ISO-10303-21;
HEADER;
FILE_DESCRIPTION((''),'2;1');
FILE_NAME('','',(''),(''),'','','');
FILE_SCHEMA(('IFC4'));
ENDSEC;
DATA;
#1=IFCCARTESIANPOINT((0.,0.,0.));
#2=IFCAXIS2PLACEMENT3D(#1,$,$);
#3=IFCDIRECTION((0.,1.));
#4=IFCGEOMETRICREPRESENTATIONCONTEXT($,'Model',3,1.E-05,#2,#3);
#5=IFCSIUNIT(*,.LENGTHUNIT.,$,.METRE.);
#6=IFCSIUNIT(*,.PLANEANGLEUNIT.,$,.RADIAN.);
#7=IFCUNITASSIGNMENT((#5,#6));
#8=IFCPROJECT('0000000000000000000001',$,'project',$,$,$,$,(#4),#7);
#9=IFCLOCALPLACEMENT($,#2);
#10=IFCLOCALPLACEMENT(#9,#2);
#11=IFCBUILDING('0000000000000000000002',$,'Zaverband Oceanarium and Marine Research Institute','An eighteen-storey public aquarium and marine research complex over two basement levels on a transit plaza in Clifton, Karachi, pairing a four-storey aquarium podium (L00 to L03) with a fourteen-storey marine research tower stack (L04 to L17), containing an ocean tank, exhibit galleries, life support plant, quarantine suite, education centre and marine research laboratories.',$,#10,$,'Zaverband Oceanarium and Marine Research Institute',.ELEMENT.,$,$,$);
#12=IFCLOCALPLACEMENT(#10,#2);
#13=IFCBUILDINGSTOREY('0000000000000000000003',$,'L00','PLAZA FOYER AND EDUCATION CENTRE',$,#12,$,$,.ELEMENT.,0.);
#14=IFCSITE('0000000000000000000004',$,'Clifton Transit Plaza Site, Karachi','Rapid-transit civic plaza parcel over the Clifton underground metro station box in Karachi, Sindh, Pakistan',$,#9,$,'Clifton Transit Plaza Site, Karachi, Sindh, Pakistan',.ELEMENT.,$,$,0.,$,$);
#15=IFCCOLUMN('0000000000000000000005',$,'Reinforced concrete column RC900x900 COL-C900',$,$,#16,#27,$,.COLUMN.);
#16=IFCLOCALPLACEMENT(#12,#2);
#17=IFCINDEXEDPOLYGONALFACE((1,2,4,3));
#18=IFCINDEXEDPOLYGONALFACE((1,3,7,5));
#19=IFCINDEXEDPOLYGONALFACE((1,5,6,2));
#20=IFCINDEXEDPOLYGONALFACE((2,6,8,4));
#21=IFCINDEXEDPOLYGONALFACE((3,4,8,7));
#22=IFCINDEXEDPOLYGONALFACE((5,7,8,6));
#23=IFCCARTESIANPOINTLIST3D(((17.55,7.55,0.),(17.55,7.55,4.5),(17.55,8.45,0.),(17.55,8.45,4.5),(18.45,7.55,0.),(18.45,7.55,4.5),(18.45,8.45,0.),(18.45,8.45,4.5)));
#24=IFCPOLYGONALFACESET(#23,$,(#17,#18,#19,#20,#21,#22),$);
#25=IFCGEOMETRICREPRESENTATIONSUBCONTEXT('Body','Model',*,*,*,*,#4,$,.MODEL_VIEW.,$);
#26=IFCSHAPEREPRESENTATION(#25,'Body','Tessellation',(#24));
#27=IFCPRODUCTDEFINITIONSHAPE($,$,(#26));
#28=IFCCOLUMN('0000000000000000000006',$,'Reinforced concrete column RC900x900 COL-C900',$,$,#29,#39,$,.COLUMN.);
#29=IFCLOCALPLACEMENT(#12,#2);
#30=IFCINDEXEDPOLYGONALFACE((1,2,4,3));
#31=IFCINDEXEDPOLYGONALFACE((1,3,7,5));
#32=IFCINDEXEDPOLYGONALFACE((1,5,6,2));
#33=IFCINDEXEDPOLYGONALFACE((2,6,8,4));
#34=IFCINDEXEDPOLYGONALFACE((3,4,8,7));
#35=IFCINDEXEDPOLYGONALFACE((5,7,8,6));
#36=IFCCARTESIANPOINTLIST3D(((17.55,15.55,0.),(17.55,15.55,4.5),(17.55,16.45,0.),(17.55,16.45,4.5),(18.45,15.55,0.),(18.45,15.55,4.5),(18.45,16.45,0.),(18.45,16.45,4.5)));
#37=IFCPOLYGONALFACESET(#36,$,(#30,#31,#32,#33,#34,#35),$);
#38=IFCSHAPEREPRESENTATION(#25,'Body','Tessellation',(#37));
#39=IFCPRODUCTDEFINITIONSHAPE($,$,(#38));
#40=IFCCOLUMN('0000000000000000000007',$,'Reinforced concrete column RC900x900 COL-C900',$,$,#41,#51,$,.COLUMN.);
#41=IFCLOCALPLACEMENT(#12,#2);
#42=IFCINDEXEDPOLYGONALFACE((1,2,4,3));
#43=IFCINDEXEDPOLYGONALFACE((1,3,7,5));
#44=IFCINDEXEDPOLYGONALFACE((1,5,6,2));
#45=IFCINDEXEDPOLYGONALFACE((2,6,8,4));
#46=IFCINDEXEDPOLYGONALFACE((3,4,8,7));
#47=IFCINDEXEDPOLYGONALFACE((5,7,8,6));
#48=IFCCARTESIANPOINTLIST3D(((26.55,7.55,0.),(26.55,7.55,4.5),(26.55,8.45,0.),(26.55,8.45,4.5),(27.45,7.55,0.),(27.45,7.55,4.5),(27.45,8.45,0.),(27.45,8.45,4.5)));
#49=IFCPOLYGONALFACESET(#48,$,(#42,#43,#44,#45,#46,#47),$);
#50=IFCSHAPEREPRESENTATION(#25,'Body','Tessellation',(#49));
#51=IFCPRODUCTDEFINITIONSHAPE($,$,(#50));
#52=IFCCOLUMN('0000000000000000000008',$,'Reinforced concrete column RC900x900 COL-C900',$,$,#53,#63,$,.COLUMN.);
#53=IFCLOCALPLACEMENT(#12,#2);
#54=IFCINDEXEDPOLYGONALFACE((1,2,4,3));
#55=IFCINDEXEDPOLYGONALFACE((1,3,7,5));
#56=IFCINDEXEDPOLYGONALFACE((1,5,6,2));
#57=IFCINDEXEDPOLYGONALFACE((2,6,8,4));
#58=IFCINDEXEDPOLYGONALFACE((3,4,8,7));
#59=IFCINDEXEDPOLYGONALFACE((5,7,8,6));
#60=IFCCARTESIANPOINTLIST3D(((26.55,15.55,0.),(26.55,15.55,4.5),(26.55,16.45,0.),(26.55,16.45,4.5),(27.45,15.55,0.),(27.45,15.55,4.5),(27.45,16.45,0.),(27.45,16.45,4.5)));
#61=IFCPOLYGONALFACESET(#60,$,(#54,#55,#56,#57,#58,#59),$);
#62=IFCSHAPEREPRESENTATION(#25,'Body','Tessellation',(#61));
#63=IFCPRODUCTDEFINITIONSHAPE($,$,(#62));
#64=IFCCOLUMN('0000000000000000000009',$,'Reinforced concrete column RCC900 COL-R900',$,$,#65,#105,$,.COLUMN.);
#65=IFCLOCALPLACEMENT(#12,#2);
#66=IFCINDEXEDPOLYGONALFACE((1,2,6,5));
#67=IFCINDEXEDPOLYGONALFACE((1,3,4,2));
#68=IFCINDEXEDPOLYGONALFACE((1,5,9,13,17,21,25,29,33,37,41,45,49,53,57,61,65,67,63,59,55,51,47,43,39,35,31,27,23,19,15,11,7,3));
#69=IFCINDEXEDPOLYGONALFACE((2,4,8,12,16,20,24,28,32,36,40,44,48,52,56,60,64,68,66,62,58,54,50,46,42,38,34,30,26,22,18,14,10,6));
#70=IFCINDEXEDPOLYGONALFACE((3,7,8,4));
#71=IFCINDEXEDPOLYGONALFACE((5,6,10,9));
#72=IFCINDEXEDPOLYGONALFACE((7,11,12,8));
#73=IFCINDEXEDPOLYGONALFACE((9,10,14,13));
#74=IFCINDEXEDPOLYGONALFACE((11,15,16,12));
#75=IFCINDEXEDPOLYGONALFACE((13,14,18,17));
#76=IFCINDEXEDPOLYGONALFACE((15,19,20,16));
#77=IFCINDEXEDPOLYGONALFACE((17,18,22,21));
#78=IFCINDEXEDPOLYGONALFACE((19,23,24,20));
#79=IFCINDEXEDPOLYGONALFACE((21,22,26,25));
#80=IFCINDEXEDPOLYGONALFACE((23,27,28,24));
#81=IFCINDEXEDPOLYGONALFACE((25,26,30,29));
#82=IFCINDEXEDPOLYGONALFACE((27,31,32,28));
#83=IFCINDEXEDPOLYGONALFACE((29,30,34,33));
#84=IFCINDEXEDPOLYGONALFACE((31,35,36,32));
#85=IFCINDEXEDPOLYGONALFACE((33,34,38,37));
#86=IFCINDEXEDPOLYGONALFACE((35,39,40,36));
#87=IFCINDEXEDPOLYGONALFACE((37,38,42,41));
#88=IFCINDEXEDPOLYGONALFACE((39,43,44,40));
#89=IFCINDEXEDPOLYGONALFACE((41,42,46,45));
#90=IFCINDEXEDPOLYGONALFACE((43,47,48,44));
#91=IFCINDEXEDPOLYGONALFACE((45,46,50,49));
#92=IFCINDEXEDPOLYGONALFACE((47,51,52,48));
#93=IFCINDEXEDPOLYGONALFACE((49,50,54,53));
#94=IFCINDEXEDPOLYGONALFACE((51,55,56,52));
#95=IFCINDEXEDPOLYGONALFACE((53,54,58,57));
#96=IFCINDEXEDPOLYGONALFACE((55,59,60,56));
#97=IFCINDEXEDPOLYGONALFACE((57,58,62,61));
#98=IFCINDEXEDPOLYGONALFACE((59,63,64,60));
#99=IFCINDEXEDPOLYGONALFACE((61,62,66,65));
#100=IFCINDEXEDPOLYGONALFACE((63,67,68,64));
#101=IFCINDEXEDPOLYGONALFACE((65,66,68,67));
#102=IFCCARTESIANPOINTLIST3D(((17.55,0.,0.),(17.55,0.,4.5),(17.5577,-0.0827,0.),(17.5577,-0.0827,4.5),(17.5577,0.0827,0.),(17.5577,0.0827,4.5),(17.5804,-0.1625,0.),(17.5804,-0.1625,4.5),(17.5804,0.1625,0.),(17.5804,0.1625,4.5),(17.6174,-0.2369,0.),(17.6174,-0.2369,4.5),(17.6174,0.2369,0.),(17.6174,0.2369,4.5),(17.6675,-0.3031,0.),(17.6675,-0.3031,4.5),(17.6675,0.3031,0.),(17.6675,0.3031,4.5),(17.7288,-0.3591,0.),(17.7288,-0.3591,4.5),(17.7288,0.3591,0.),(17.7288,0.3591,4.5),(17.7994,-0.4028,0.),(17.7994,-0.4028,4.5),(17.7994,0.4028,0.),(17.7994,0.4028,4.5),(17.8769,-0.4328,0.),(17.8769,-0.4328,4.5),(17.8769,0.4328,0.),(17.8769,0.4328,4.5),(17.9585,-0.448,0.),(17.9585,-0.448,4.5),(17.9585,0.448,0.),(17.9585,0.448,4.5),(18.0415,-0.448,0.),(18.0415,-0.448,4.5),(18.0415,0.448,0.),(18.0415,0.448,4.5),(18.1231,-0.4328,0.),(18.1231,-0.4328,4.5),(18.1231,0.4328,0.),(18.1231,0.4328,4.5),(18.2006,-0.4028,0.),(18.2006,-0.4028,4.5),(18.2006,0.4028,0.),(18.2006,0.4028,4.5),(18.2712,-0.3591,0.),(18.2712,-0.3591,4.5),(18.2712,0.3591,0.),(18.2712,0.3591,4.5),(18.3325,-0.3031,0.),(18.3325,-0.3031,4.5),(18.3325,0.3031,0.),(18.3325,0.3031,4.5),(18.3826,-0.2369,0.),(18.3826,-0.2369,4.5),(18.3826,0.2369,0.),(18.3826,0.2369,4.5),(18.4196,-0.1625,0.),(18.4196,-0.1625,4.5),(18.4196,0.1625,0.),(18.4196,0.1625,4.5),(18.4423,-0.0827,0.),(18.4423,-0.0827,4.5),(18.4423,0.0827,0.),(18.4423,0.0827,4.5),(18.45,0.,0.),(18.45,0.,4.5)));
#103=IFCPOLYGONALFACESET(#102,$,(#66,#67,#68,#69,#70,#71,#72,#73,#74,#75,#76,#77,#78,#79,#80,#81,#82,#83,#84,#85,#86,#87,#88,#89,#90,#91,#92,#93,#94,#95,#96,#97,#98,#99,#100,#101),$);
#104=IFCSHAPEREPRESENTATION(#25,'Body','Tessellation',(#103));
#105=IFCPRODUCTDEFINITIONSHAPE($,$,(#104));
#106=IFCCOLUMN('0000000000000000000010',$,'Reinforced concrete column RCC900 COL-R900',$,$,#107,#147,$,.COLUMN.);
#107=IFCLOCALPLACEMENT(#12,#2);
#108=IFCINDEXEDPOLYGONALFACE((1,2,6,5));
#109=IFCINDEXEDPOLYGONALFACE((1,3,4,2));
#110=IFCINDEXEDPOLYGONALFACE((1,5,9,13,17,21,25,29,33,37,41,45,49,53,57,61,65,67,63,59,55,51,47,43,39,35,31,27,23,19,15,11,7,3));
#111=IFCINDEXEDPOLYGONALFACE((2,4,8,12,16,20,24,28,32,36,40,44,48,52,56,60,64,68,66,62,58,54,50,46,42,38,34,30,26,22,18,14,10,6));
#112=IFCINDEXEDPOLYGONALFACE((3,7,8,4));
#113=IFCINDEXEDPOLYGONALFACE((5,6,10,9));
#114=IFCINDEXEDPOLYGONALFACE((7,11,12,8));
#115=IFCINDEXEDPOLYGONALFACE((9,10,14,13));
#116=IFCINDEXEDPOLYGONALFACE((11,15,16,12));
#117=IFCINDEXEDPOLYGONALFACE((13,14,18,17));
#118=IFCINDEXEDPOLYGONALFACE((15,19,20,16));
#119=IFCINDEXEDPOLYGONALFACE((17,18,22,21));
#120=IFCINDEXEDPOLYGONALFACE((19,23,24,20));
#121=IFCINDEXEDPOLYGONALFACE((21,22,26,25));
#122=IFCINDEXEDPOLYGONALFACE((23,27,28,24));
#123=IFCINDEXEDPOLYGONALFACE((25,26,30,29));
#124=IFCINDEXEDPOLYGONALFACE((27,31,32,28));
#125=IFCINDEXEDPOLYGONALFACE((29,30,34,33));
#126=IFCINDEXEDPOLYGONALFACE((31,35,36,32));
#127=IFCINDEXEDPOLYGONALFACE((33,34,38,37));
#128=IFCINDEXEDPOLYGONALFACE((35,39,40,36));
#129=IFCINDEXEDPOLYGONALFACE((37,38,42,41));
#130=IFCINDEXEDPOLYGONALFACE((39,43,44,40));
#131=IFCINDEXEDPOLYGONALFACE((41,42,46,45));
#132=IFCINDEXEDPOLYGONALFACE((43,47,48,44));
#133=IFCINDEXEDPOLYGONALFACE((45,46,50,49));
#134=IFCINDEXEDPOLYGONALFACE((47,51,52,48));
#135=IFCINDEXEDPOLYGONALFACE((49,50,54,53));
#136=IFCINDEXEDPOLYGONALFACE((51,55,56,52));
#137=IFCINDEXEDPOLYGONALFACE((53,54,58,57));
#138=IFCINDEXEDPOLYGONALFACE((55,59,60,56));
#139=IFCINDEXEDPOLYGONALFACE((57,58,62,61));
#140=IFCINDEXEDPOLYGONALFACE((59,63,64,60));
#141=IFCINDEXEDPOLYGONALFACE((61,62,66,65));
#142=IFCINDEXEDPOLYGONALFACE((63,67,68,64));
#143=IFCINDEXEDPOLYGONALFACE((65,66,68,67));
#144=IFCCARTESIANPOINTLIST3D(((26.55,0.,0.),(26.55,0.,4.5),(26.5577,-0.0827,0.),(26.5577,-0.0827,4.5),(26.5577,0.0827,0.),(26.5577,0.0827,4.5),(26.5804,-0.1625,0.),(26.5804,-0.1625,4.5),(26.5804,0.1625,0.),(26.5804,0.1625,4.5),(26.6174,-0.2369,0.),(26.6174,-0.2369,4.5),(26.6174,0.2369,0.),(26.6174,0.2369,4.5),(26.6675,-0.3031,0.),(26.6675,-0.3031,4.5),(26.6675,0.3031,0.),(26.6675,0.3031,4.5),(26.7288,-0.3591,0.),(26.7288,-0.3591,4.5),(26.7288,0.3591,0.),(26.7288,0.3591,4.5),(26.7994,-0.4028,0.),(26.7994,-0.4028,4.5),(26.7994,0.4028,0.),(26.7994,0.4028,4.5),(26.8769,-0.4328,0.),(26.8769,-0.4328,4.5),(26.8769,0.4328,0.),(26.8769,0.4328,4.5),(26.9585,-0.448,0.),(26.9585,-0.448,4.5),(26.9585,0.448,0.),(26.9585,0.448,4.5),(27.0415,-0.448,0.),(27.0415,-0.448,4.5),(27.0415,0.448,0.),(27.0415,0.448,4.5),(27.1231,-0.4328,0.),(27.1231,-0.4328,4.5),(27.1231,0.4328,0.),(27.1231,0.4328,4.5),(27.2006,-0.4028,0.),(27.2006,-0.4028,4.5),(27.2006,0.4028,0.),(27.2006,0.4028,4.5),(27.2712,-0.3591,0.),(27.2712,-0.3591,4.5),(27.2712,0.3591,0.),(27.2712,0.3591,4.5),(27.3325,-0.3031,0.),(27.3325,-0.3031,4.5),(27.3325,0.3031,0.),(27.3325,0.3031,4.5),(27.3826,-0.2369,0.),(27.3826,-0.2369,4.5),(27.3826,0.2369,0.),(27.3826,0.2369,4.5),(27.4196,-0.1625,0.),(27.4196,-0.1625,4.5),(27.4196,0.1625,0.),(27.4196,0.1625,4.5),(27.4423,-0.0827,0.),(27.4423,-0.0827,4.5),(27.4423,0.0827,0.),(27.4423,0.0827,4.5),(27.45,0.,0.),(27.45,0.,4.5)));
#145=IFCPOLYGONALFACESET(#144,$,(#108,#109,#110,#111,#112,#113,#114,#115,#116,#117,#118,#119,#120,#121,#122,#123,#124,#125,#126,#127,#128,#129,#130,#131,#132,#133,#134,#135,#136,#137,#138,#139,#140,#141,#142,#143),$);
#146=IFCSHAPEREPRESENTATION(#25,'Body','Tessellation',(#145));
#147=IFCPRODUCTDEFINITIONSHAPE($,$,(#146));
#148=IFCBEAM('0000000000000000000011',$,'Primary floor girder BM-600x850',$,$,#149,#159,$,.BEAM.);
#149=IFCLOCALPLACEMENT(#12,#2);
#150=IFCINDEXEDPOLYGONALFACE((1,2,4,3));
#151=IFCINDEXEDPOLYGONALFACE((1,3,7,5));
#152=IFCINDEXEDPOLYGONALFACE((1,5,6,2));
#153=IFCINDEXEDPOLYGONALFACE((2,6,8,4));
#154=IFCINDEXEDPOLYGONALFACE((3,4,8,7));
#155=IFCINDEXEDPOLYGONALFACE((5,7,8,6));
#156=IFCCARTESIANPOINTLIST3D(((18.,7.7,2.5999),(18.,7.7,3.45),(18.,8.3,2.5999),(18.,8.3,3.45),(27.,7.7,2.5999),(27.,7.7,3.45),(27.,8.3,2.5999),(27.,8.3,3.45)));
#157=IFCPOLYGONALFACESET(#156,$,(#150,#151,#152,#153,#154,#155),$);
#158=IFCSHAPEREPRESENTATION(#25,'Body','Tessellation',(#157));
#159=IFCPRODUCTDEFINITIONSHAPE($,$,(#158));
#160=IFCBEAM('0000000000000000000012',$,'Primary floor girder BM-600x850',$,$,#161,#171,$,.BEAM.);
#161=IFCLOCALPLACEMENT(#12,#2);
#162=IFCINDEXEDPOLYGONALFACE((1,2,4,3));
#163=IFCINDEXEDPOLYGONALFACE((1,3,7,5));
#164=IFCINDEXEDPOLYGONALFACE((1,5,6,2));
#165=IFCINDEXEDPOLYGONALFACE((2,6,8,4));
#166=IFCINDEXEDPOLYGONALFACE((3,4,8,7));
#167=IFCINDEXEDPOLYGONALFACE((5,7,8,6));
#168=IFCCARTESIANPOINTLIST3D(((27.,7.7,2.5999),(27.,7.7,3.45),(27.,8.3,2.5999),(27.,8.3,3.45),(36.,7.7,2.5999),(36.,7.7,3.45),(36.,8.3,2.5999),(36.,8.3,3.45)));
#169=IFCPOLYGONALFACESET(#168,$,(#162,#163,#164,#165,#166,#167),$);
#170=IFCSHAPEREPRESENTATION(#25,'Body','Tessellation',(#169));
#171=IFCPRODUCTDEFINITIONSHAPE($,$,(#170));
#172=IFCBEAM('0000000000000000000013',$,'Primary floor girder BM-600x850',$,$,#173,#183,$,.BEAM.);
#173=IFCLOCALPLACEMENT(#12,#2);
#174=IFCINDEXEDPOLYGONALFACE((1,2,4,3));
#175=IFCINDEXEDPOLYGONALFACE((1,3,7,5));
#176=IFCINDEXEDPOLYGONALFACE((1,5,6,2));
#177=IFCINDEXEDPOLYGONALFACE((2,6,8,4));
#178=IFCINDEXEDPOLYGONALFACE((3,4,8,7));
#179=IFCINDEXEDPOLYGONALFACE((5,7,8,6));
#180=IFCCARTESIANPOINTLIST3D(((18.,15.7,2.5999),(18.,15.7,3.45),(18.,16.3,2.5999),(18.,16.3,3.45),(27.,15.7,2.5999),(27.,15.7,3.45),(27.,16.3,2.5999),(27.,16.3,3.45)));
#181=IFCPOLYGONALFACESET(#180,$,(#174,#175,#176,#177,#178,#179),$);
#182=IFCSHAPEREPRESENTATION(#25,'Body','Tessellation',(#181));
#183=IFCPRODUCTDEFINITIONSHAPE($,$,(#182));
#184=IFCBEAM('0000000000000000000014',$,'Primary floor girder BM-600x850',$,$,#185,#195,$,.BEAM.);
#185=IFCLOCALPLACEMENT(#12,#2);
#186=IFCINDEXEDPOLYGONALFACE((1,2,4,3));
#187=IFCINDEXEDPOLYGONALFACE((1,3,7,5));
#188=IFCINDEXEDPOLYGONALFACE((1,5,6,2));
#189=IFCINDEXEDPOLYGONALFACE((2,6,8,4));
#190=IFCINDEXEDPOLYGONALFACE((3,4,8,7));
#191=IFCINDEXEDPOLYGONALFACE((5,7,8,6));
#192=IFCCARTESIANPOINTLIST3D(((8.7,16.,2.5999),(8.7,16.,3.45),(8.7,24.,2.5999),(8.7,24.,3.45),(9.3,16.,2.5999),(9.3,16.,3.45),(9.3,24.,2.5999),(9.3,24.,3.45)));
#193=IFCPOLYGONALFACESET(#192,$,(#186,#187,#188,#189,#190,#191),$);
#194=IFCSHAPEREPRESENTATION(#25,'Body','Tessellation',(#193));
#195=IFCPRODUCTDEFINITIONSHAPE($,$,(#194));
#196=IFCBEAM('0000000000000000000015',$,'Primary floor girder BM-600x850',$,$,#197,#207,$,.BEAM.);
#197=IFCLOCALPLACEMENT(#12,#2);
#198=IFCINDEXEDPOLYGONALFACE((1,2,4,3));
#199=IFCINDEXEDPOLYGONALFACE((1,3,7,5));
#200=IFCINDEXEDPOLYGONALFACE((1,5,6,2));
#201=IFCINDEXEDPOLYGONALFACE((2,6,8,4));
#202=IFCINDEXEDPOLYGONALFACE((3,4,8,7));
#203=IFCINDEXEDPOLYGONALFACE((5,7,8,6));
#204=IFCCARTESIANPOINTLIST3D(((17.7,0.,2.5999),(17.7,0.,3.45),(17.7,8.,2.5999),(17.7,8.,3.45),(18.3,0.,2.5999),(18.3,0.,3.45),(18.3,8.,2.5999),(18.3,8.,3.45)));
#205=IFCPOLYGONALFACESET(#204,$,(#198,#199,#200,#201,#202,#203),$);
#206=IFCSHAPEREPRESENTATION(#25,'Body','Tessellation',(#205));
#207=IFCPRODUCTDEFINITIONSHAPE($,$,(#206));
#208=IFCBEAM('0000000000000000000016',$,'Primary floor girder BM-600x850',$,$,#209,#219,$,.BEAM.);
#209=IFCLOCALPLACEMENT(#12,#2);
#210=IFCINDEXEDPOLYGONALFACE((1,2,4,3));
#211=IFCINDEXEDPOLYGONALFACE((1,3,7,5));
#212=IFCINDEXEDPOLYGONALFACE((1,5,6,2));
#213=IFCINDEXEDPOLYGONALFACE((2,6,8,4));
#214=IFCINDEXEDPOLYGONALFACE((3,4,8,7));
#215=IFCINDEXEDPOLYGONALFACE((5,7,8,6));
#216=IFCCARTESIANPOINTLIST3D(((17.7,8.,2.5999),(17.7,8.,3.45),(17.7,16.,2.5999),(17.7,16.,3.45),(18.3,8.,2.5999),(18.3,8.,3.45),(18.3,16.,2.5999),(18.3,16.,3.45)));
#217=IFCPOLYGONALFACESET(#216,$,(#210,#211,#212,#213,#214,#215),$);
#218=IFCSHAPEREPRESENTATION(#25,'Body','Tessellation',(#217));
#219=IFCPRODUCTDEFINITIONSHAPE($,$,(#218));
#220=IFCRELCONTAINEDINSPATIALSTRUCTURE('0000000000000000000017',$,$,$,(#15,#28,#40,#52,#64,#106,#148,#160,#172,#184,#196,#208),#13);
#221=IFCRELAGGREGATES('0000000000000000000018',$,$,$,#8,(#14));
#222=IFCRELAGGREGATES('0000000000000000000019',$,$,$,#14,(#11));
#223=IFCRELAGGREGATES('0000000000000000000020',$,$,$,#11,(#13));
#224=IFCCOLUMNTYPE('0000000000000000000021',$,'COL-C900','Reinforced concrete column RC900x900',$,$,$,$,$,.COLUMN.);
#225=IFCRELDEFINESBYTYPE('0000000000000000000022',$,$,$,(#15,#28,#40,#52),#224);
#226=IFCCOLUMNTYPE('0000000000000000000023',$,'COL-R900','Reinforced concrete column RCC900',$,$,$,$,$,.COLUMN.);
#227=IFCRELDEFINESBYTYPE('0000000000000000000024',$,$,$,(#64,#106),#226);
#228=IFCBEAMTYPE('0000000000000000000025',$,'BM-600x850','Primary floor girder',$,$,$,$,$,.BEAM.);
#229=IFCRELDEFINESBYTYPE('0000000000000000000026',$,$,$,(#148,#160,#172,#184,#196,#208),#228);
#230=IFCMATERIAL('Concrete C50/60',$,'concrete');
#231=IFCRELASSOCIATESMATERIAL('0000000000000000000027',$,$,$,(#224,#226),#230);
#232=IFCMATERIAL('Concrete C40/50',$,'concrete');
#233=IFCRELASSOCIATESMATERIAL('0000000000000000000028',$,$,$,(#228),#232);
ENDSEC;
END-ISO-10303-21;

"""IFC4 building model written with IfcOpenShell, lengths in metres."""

from ifc_helpers import new_model, si_unit, direction, frame, origin, origin_2d, place, context, subcontext, project, spatial, rectangle, circle, extrude, material, material_profile, profile_set, type_object, element, save


model = new_model("IFC4")

# Units and contexts
model_context = context("Model", 3, precision=1e-05, world=origin(), true_north=direction((0.0, 1.0)))
body_context = subcontext(model_context, "Body", "Model", "MODEL_VIEW")
ifc_project = project(units=[si_unit("LENGTHUNIT", "METRE"), si_unit("PLANEANGLEUNIT", "RADIAN")], contexts=[model_context])

# Site, building, storey
site_placement = place(None, origin())
site = spatial("IfcSite", under=ifc_project, at=site_placement, Name="Clifton Transit Plaza Site, Karachi", Description="Rapid-transit civic plaza parcel over the Clifton underground metro station box in Karachi, Sindh, Pakistan", LongName="Clifton Transit Plaza Site, Karachi, Sindh, Pakistan", CompositionType="ELEMENT", RefElevation=0.0)
building_placement = place(site_placement, origin())
building = spatial("IfcBuilding", under=site, at=building_placement, Name="Zaverband Oceanarium and Marine Research Institute", Description="An eighteen-storey public aquarium and marine research complex over two basement levels on a transit plaza in Clifton, Karachi, pairing a four-storey aquarium podium (L00 to L03) with a fourteen-storey marine research tower stack (L04 to L17), containing an ocean tank, exhibit galleries, life support plant, quarantine suite, education centre and marine research laboratories.", LongName="Zaverband Oceanarium and Marine Research Institute", CompositionType="ELEMENT")
storey_placement = place(building_placement, origin())
storey = spatial("IfcBuildingStorey", under=building, at=storey_placement, Name="L00", Description="PLAZA FOYER AND EDUCATION CENTRE", CompositionType="ELEMENT", Elevation=0.0)

# Columns
ifc_material_1 = material(Name="Concrete C50/60", Category="concrete")
ifc_material_profile_1 = material_profile(ifc_material_1, rectangle(XDim=0.8999, YDim=0.8999, at=origin_2d()), Name="RC900x900")
ifc_profile_set_1 = profile_set([ifc_material_profile_1], Name="Concrete C50/60")
column_type_1 = type_object("IfcColumnType", Name="COL-C900", Description="Reinforced concrete column RC900x900", PredefinedType="COLUMN", material=ifc_profile_set_1)
for number, where, z_axis, x_axis, name in (
    (1, (18.0, 8.0, 0.0), (0.0, 0.0, 1.0), (1.0, 0.0, 0.0), "Reinforced concrete column RC900x900 COL-C900"),
    (2, (18.0, 16.0, 0.0), (0.0, 0.0, 1.0), (1.0, 0.0, 0.0), "Reinforced concrete column RC900x900 COL-C900"),
    (3, (27.0, 8.0, 0.0), (0.0, 0.0, 1.0), (1.0, 0.0, 0.0), "Reinforced concrete column RC900x900 COL-C900"),
    (4, (27.0, 16.0, 0.0), (0.0, 0.0, 1.0), (1.0, 0.0, 0.0), "Reinforced concrete column RC900x900 COL-C900"),
):
    element("IfcColumn", number, at=place(storey_placement, frame(where, z_axis=z_axis, x_axis=x_axis)), inside=storey, type_object=column_type_1, Name=name, PredefinedType="COLUMN", context=body_context, shape_type="SweptSolid", body=[
        extrude(rectangle(XDim=0.8999, YDim=0.8999, at=origin_2d()), origin(), (0.0, 0.0, 1.0), 4.5),
    ])
ifc_material_profile_2 = material_profile(ifc_material_1, circle(Radius=0.45, at=origin_2d()), Name="RCC900")
ifc_profile_set_2 = profile_set([ifc_material_profile_2], Name="Concrete C50/60")
column_type_2 = type_object("IfcColumnType", Name="COL-R900", Description="Reinforced concrete column RCC900", PredefinedType="COLUMN", material=ifc_profile_set_2)
for number, where, z_axis, x_axis, name in (
    (5, (18.0, 0.0, 0.0), (0.0, 0.0, 1.0), (1.0, 0.0, 0.0), "Reinforced concrete column RCC900 COL-R900"),
    (6, (27.0, 0.0, 0.0), (0.0, 0.0, 1.0), (1.0, 0.0, 0.0), "Reinforced concrete column RCC900 COL-R900"),
):
    element("IfcColumn", number, at=place(storey_placement, frame(where, z_axis=z_axis, x_axis=x_axis)), inside=storey, type_object=column_type_2, Name=name, PredefinedType="COLUMN", context=body_context, shape_type="SweptSolid", body=[
        extrude(circle(Radius=0.45, at=origin_2d()), origin(), (0.0, 0.0, 1.0), 4.5),
    ])

# Beams
ifc_material_2 = material(Name="Concrete C40/50", Category="concrete")
ifc_material_profile_3 = material_profile(ifc_material_2, rectangle(XDim=0.6001, YDim=0.8501, at=origin_2d()), Name="RC600x850")
ifc_profile_set_3 = profile_set([ifc_material_profile_3], Name="Concrete C40/50")
beam_type_1 = type_object("IfcBeamType", Name="BM-600x850", Description="Primary floor girder", PredefinedType="BEAM", material=ifc_profile_set_3)
for number, where, z_axis, x_axis, name in (
    (7, (18.0, 8.0, 3.0249), (1.0, 0.0, 0.0), (0.0, 1.0, 0.0), "Primary floor girder BM-600x850"),
    (8, (27.0, 8.0, 3.0249), (1.0, 0.0, 0.0), (0.0, 1.0, 0.0), "Primary floor girder BM-600x850"),
    (9, (18.0, 16.0, 3.0249), (1.0, 0.0, 0.0), (0.0, 1.0, 0.0), "Primary floor girder BM-600x850"),
):
    element("IfcBeam", number, at=place(storey_placement, frame(where, z_axis=z_axis, x_axis=x_axis)), inside=storey, type_object=beam_type_1, Name=name, PredefinedType="BEAM", context=body_context, shape_type="SweptSolid", body=[
        extrude(rectangle(XDim=0.6001, YDim=0.8501, at=origin_2d()), origin(), (0.0, 0.0, 1.0), 9.0),
    ])
for number, where, z_axis, x_axis, name in (
    (10, (9.0, 16.0, 3.0249), (0.0, 1.0, 0.0), (-1.0, 0.0, 0.0), "Primary floor girder BM-600x850"),
    (11, (18.0, 0.0, 3.0249), (0.0, 1.0, 0.0), (-1.0, 0.0, 0.0), "Primary floor girder BM-600x850"),
    (12, (18.0, 8.0, 3.0249), (0.0, 1.0, 0.0), (-1.0, 0.0, 0.0), "Primary floor girder BM-600x850"),
):
    element("IfcBeam", number, at=place(storey_placement, frame(where, z_axis=z_axis, x_axis=x_axis)), inside=storey, type_object=beam_type_1, Name=name, PredefinedType="BEAM", context=body_context, shape_type="SweptSolid", body=[
        extrude(rectangle(XDim=0.6001, YDim=0.8501, at=origin_2d()), origin(), (0.0, 0.0, 1.0), 8.0),
    ])

save(model, "model.ifc")
